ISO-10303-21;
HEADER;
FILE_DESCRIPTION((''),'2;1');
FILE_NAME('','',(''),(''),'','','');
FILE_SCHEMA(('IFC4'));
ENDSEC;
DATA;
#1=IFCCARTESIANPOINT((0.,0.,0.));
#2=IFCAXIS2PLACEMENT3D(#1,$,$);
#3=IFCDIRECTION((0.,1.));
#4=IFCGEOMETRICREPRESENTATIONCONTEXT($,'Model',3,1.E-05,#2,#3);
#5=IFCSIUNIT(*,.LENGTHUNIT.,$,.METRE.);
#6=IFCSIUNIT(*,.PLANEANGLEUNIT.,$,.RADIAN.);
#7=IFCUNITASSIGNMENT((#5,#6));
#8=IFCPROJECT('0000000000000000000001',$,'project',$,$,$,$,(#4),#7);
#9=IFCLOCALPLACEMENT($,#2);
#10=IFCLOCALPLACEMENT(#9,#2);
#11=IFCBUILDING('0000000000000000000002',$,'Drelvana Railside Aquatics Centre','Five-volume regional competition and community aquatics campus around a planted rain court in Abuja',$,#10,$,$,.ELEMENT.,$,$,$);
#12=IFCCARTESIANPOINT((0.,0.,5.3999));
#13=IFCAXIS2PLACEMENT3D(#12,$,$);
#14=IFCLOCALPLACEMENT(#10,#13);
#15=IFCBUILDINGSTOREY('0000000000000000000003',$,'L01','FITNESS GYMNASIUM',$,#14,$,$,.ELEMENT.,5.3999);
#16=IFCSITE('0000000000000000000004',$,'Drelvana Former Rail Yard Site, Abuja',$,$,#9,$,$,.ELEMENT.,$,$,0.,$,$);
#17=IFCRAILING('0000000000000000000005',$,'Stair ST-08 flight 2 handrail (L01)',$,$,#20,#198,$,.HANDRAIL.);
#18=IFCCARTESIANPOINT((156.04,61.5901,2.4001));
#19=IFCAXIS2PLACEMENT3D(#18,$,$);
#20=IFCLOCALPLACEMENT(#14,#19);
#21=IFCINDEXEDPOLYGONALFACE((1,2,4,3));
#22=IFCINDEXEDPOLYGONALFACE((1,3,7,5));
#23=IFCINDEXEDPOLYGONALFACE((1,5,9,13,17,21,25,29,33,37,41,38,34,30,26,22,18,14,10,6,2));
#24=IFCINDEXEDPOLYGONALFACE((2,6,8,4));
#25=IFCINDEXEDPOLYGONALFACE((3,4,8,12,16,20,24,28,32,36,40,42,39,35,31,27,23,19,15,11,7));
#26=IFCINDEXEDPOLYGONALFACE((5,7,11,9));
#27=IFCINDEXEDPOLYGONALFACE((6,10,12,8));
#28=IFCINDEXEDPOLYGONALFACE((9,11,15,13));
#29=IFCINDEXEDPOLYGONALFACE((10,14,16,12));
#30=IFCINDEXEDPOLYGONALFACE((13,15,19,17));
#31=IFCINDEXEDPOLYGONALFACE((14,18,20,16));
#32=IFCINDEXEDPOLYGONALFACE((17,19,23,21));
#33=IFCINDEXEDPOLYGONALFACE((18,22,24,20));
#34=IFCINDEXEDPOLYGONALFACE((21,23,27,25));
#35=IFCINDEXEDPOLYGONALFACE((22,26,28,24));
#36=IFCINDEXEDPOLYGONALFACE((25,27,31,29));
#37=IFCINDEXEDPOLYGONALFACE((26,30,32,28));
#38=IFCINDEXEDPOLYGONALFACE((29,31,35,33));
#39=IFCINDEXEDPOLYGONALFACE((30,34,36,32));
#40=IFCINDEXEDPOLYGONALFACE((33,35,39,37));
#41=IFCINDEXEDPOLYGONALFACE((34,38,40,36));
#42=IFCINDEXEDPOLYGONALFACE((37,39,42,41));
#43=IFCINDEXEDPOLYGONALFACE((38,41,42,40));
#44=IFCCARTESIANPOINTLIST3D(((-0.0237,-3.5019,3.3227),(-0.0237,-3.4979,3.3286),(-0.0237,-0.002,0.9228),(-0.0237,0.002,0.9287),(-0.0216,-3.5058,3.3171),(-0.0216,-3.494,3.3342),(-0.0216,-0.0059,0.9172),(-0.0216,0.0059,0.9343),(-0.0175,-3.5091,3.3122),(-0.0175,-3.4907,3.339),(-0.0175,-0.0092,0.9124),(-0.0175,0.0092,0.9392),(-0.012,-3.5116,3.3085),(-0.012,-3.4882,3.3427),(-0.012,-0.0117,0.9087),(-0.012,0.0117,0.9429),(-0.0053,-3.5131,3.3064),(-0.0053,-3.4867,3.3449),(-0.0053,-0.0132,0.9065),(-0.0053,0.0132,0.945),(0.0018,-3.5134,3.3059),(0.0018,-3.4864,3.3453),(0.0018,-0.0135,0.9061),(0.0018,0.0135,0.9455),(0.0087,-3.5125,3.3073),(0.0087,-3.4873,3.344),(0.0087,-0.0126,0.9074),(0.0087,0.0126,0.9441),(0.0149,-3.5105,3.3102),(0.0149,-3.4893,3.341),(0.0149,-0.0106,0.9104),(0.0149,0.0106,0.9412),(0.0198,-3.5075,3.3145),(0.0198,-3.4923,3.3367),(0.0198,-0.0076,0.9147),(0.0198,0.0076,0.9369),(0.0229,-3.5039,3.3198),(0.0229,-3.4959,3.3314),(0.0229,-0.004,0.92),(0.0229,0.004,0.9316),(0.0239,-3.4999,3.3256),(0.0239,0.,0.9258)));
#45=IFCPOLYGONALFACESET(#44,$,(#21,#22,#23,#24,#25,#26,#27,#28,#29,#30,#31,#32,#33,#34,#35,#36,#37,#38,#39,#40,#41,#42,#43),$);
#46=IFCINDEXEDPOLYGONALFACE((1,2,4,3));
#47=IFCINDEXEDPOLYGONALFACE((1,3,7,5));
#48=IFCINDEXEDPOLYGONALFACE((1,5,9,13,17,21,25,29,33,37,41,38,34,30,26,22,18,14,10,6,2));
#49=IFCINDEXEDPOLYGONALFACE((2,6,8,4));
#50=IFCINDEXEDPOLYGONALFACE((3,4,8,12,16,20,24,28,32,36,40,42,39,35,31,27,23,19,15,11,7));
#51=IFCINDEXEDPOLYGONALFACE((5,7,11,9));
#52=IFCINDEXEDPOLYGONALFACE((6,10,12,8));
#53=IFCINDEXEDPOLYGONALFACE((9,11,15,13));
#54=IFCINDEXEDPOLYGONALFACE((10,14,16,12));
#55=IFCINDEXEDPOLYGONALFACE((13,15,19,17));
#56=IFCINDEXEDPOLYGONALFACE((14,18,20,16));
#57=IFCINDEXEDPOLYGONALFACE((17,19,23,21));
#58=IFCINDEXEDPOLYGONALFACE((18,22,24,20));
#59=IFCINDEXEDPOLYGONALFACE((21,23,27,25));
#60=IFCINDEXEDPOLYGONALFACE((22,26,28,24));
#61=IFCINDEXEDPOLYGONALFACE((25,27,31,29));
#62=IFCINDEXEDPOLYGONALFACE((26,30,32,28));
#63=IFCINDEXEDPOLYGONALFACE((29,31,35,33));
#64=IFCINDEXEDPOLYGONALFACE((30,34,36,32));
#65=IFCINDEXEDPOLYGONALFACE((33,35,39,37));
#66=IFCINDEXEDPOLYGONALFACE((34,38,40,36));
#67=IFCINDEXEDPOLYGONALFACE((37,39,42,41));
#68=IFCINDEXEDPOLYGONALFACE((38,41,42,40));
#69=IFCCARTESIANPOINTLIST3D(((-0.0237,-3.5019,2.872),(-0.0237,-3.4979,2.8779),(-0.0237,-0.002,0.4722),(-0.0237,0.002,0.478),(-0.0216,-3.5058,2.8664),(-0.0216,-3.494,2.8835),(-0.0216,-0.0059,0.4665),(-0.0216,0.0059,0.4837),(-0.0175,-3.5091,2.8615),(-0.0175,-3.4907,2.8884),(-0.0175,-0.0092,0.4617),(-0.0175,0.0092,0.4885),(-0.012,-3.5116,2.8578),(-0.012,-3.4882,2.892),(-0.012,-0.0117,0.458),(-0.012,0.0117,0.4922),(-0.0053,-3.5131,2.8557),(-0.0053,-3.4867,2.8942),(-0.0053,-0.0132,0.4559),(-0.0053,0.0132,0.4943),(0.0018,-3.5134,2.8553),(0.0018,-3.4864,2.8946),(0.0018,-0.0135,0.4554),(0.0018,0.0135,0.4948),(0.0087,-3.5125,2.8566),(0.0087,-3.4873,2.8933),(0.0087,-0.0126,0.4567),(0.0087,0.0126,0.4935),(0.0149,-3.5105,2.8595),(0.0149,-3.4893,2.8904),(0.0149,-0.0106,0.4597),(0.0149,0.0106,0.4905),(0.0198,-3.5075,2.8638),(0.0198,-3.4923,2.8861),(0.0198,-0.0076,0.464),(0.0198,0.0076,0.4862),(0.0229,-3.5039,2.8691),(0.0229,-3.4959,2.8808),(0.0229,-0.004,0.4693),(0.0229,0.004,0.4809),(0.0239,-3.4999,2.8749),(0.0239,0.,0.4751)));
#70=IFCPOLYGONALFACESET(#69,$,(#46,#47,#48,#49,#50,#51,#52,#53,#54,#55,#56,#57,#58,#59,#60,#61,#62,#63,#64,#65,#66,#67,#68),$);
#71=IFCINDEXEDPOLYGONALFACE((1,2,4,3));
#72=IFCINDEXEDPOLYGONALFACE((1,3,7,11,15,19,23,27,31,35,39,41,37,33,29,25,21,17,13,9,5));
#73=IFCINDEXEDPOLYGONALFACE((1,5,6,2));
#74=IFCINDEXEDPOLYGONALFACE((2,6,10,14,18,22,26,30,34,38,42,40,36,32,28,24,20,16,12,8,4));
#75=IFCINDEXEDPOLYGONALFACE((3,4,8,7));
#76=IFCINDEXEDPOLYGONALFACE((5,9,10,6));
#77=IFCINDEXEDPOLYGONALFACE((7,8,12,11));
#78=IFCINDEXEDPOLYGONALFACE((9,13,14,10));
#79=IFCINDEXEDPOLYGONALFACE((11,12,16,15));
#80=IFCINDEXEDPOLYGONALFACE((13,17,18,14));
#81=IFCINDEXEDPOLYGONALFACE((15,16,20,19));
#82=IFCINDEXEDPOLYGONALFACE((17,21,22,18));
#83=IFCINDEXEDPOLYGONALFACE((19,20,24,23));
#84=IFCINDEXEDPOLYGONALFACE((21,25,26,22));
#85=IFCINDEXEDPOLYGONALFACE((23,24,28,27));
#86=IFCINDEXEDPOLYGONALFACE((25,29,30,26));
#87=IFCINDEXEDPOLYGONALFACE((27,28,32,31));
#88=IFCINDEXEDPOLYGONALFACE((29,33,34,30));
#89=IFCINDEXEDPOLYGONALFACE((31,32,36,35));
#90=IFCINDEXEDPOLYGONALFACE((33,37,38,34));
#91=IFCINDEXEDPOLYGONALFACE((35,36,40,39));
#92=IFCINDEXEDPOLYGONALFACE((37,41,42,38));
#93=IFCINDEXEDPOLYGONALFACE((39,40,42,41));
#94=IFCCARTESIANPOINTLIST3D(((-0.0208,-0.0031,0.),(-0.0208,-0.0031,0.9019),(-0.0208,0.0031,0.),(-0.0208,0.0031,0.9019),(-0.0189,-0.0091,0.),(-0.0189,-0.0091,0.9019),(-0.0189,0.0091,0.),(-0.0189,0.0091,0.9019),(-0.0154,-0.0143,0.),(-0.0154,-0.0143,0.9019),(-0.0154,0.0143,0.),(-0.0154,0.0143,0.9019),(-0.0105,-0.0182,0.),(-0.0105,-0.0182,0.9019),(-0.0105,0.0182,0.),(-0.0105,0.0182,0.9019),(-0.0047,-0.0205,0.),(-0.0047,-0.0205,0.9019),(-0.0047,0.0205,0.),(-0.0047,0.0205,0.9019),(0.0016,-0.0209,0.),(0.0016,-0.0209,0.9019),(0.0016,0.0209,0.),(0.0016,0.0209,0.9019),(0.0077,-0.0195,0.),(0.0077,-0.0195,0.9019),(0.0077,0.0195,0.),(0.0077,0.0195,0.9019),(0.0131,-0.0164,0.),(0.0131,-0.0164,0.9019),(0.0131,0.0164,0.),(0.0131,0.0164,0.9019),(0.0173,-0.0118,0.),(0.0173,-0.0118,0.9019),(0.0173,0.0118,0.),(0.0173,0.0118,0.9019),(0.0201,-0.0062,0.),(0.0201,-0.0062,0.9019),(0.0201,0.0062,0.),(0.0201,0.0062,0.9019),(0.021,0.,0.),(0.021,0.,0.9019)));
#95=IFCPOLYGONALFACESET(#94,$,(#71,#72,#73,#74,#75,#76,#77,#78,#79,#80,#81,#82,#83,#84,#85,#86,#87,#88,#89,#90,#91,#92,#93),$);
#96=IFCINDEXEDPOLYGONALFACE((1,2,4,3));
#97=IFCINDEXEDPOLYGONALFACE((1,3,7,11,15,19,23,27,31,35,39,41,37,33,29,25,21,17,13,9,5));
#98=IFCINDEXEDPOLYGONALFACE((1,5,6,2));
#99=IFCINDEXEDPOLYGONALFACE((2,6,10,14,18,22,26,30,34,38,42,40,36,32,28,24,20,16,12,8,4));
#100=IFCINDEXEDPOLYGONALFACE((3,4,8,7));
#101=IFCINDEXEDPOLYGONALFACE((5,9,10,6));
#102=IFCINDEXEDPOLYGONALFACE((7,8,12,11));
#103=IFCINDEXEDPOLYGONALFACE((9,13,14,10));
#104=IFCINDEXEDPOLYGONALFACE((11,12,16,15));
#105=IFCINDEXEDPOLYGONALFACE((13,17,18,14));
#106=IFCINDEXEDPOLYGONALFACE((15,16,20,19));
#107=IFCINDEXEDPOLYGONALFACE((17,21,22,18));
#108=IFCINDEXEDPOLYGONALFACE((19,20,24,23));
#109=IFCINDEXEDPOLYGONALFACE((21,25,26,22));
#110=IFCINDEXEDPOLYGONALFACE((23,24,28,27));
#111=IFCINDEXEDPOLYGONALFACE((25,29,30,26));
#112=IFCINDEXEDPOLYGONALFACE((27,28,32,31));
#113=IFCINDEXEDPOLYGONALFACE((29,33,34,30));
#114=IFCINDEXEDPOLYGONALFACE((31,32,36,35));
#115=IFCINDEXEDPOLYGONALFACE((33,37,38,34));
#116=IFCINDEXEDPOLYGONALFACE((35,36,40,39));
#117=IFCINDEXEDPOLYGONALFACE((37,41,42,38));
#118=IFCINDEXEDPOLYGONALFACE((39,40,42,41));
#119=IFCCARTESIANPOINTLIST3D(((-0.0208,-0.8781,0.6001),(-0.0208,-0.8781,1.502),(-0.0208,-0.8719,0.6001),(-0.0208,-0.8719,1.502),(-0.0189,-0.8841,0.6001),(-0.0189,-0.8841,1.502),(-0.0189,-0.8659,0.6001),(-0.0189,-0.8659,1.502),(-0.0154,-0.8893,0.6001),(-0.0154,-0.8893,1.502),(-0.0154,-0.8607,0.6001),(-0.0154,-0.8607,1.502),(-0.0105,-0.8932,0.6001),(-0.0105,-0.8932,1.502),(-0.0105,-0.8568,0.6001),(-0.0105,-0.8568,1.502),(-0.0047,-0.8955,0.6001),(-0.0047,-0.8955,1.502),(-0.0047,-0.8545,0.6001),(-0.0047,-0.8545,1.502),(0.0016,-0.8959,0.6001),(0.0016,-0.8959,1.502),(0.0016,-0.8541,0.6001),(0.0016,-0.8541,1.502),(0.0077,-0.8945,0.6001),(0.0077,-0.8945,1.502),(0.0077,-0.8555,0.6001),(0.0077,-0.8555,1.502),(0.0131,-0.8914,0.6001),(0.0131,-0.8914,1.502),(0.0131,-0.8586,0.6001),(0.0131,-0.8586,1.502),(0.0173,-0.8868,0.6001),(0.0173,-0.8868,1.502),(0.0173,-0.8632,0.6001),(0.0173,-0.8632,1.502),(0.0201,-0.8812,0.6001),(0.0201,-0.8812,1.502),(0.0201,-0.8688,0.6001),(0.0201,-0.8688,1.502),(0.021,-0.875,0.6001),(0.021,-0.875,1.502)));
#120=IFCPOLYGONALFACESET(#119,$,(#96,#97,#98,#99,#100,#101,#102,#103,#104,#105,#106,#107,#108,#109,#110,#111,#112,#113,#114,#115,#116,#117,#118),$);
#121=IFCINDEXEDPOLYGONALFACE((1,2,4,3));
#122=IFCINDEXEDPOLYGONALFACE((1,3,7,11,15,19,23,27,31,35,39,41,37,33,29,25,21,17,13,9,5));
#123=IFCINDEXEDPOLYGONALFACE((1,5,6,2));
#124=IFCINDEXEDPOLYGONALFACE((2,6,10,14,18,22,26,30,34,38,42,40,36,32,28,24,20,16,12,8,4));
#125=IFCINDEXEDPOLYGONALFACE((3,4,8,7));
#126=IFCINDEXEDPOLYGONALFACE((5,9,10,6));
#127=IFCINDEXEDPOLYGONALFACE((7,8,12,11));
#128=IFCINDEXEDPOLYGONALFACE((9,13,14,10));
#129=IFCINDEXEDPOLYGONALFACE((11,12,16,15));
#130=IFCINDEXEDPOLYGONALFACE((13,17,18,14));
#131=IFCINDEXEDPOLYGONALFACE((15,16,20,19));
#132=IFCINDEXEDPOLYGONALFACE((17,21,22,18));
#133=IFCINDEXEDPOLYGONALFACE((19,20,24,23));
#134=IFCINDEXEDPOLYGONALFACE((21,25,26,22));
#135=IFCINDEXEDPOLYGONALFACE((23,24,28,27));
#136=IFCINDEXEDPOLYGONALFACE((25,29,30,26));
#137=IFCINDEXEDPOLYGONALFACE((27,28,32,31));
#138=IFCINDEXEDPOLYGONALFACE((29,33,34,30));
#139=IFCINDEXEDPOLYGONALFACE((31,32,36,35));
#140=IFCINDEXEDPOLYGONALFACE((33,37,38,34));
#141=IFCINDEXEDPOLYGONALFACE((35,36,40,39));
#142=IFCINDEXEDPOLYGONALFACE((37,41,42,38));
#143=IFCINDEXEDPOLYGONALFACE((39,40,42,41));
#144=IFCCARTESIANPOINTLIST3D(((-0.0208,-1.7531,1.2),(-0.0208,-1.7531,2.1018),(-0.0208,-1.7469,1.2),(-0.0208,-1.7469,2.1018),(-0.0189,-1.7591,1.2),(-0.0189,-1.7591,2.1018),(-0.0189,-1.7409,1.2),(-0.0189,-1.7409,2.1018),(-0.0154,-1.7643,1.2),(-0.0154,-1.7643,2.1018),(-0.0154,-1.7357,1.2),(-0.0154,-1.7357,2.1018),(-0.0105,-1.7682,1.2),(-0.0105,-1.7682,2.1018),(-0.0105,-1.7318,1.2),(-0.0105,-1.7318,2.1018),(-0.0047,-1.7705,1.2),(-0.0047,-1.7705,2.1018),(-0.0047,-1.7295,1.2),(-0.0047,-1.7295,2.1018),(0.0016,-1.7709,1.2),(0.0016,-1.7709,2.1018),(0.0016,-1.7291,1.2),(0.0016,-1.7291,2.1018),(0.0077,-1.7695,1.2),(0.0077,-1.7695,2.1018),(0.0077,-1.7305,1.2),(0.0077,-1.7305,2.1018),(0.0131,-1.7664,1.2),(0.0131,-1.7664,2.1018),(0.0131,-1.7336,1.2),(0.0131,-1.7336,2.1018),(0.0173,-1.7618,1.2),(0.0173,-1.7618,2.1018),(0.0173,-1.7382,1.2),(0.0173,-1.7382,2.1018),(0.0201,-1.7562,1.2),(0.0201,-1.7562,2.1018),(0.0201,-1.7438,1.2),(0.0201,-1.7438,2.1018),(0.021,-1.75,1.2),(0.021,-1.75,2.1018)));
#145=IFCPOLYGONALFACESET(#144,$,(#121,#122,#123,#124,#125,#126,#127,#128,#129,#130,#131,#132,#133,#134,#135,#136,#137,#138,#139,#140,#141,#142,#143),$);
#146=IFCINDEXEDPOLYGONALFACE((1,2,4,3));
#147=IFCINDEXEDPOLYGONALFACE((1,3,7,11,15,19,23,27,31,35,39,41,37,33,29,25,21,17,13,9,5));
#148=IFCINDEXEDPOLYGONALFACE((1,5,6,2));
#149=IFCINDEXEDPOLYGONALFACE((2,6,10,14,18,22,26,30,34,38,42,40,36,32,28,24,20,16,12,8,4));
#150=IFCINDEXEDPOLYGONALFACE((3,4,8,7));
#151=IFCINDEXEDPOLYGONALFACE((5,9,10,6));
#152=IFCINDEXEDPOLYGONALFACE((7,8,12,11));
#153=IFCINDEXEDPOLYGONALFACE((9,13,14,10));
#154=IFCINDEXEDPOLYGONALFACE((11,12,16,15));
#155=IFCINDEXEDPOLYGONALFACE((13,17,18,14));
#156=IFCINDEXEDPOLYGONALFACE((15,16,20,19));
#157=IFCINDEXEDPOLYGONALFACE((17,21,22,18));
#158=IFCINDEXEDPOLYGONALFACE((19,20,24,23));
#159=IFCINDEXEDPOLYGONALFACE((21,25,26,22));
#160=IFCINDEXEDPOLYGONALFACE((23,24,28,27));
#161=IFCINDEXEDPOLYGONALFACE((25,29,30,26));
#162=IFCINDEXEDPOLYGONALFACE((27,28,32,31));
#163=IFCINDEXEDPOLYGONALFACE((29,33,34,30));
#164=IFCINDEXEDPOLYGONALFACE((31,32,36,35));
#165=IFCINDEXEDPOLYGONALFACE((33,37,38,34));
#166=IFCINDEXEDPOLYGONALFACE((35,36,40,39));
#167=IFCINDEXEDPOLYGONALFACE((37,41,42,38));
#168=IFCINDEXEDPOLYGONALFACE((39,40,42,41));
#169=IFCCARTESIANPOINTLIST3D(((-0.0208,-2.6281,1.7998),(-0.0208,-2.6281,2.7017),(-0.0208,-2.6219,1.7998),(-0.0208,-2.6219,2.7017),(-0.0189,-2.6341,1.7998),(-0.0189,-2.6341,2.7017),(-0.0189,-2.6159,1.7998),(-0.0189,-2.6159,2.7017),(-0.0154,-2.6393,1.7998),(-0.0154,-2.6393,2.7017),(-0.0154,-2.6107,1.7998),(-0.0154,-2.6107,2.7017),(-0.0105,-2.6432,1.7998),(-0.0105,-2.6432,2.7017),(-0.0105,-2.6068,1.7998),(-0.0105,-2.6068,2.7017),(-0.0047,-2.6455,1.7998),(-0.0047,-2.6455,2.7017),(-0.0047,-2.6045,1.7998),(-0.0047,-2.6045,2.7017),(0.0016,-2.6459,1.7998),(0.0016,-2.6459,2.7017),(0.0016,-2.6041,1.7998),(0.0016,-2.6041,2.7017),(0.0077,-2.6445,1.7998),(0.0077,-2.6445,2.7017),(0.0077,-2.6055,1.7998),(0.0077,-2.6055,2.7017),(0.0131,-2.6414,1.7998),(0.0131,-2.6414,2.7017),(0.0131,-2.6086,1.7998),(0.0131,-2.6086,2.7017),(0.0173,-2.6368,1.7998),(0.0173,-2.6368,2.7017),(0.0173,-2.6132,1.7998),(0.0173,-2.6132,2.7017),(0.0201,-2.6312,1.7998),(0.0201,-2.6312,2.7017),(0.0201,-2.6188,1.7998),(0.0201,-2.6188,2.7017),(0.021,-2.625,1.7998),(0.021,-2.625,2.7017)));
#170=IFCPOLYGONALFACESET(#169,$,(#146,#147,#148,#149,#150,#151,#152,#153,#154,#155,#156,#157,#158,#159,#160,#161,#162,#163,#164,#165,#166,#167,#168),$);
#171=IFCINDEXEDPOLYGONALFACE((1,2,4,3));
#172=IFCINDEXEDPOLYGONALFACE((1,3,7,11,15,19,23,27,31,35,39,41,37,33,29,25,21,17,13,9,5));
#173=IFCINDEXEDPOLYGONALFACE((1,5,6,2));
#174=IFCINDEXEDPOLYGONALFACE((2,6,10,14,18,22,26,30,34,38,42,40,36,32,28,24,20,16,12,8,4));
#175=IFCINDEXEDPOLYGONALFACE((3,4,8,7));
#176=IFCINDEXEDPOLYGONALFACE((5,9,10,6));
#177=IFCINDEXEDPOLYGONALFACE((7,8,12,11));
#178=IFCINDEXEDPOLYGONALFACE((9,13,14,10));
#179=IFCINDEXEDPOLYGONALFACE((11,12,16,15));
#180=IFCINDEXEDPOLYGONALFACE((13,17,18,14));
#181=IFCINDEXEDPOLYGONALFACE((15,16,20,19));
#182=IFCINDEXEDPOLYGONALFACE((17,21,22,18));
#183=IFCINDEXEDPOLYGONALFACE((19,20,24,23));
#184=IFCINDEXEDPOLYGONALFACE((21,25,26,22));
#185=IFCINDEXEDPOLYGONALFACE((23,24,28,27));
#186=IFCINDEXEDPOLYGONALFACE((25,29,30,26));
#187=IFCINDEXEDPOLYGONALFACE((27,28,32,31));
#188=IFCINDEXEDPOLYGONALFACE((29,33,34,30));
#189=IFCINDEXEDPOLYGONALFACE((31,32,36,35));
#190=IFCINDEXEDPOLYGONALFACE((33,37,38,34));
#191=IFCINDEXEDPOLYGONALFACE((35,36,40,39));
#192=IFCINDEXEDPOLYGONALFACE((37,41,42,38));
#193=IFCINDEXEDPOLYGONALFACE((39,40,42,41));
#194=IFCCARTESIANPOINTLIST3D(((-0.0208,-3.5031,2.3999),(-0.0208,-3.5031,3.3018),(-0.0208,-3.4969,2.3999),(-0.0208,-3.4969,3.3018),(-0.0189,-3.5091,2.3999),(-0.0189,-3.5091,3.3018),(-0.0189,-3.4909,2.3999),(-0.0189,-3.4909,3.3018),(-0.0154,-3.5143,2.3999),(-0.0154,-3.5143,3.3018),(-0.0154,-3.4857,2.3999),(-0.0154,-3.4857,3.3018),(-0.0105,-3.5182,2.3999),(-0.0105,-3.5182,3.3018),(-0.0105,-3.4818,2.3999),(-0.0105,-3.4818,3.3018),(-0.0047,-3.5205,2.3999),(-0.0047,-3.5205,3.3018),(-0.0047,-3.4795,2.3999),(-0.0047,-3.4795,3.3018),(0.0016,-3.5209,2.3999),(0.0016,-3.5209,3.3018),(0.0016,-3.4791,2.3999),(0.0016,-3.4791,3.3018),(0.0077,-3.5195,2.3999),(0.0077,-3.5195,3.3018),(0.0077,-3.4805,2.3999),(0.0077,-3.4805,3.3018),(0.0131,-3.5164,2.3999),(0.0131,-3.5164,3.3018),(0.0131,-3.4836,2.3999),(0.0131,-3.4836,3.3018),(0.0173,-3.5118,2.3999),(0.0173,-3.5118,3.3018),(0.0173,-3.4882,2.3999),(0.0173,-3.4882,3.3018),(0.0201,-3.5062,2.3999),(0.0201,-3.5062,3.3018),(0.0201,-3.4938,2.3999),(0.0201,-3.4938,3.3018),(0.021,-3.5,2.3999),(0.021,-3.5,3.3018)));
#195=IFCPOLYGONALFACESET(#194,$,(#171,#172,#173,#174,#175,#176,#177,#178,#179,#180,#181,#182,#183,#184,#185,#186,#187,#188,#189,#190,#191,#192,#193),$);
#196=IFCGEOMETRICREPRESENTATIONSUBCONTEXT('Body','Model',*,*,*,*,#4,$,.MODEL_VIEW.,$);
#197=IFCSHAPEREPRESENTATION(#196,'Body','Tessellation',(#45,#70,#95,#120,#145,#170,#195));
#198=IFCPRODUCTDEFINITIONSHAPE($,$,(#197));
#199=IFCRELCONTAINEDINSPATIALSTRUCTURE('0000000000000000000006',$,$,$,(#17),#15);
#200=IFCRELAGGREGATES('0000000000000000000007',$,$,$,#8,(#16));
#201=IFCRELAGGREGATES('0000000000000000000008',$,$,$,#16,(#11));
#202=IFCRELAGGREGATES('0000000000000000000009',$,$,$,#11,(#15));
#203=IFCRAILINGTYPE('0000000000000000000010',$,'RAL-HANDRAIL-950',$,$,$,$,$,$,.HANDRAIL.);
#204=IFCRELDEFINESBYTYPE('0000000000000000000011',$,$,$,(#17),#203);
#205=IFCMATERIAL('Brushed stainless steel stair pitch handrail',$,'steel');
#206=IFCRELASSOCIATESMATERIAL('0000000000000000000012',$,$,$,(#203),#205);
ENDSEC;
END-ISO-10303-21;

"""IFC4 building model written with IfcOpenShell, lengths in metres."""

from ifc_helpers import new_model, si_unit, direction, frame, origin, origin_2d, place, context, subcontext, project, spatial, circle, extrude, material, type_object, element, save


model = new_model("IFC4")

# Units and contexts
model_context = context("Model", 3, precision=1e-05, world=origin(), true_north=direction((0.0, 1.0)))
body_context = subcontext(model_context, "Body", "Model", "MODEL_VIEW")
ifc_project = project(units=[si_unit("LENGTHUNIT", "METRE"), si_unit("PLANEANGLEUNIT", "RADIAN")], contexts=[model_context])

# Site, building, storey
site_placement = place(None, origin())
site = spatial("IfcSite", under=ifc_project, at=site_placement, Name="Drelvana Former Rail Yard Site, Abuja", CompositionType="ELEMENT", RefElevation=0.0)
building_placement = place(site_placement, origin())
building = spatial("IfcBuilding", under=site, at=building_placement, Name="Drelvana Railside Aquatics Centre", Description="Five-volume regional competition and community aquatics campus around a planted rain court in Abuja", CompositionType="ELEMENT")
storey_placement = place(building_placement, frame((0.0, 0.0, 5.3999)))
storey = spatial("IfcBuildingStorey", under=building, at=storey_placement, Name="L01", Description="FITNESS GYMNASIUM", CompositionType="ELEMENT", Elevation=5.3999)

# Railing
ifc_material_1 = material(Name="Brushed stainless steel stair pitch handrail", Category="steel")
railing_type = type_object("IfcRailingType", Name="RAL-HANDRAIL-950", PredefinedType="HANDRAIL", material=ifc_material_1)
railing_1_placement = place(storey_placement, frame((156.04, 61.5901, 2.4001)))
element("IfcRailing", 1, at=railing_1_placement, inside=storey, type_object=railing_type, Name="Stair ST-08 flight 2 handrail (L01)", PredefinedType="HANDRAIL", context=body_context, shape_type="SweptSolid", body=[
    extrude(circle(Radius=0.0239, at=origin_2d()), frame((0.0, 0.0, 0.9258), z_axis=(0.0, -0.82474, 0.565513), x_axis=(1.0, 0.0, 0.0)), (0.0, 0.0, 1.0), 4.2437),
    extrude(circle(Radius=0.0239, at=origin_2d()), frame((0.0, 0.0, 0.4751), z_axis=(0.0, -0.82474, 0.565513), x_axis=(1.0, 0.0, 0.0)), (0.0, 0.0, 1.0), 4.2437),
    extrude(circle(Radius=0.021, at=origin_2d()), origin(), (0.0, 0.0, 1.0), 0.9019),
    extrude(circle(Radius=0.021, at=origin_2d()), frame((0.0, -0.875, 0.6001)), (0.0, 0.0, 1.0), 0.9019),
    extrude(circle(Radius=0.021, at=origin_2d()), frame((0.0, -1.75, 1.2)), (0.0, 0.0, 1.0), 0.9019),
    extrude(circle(Radius=0.021, at=origin_2d()), frame((0.0, -2.625, 1.7998)), (0.0, 0.0, 1.0), 0.9019),
    extrude(circle(Radius=0.021, at=origin_2d()), frame((0.0, -3.5, 2.3999)), (0.0, 0.0, 1.0), 0.9019),
])

save(model, "model.ifc")
